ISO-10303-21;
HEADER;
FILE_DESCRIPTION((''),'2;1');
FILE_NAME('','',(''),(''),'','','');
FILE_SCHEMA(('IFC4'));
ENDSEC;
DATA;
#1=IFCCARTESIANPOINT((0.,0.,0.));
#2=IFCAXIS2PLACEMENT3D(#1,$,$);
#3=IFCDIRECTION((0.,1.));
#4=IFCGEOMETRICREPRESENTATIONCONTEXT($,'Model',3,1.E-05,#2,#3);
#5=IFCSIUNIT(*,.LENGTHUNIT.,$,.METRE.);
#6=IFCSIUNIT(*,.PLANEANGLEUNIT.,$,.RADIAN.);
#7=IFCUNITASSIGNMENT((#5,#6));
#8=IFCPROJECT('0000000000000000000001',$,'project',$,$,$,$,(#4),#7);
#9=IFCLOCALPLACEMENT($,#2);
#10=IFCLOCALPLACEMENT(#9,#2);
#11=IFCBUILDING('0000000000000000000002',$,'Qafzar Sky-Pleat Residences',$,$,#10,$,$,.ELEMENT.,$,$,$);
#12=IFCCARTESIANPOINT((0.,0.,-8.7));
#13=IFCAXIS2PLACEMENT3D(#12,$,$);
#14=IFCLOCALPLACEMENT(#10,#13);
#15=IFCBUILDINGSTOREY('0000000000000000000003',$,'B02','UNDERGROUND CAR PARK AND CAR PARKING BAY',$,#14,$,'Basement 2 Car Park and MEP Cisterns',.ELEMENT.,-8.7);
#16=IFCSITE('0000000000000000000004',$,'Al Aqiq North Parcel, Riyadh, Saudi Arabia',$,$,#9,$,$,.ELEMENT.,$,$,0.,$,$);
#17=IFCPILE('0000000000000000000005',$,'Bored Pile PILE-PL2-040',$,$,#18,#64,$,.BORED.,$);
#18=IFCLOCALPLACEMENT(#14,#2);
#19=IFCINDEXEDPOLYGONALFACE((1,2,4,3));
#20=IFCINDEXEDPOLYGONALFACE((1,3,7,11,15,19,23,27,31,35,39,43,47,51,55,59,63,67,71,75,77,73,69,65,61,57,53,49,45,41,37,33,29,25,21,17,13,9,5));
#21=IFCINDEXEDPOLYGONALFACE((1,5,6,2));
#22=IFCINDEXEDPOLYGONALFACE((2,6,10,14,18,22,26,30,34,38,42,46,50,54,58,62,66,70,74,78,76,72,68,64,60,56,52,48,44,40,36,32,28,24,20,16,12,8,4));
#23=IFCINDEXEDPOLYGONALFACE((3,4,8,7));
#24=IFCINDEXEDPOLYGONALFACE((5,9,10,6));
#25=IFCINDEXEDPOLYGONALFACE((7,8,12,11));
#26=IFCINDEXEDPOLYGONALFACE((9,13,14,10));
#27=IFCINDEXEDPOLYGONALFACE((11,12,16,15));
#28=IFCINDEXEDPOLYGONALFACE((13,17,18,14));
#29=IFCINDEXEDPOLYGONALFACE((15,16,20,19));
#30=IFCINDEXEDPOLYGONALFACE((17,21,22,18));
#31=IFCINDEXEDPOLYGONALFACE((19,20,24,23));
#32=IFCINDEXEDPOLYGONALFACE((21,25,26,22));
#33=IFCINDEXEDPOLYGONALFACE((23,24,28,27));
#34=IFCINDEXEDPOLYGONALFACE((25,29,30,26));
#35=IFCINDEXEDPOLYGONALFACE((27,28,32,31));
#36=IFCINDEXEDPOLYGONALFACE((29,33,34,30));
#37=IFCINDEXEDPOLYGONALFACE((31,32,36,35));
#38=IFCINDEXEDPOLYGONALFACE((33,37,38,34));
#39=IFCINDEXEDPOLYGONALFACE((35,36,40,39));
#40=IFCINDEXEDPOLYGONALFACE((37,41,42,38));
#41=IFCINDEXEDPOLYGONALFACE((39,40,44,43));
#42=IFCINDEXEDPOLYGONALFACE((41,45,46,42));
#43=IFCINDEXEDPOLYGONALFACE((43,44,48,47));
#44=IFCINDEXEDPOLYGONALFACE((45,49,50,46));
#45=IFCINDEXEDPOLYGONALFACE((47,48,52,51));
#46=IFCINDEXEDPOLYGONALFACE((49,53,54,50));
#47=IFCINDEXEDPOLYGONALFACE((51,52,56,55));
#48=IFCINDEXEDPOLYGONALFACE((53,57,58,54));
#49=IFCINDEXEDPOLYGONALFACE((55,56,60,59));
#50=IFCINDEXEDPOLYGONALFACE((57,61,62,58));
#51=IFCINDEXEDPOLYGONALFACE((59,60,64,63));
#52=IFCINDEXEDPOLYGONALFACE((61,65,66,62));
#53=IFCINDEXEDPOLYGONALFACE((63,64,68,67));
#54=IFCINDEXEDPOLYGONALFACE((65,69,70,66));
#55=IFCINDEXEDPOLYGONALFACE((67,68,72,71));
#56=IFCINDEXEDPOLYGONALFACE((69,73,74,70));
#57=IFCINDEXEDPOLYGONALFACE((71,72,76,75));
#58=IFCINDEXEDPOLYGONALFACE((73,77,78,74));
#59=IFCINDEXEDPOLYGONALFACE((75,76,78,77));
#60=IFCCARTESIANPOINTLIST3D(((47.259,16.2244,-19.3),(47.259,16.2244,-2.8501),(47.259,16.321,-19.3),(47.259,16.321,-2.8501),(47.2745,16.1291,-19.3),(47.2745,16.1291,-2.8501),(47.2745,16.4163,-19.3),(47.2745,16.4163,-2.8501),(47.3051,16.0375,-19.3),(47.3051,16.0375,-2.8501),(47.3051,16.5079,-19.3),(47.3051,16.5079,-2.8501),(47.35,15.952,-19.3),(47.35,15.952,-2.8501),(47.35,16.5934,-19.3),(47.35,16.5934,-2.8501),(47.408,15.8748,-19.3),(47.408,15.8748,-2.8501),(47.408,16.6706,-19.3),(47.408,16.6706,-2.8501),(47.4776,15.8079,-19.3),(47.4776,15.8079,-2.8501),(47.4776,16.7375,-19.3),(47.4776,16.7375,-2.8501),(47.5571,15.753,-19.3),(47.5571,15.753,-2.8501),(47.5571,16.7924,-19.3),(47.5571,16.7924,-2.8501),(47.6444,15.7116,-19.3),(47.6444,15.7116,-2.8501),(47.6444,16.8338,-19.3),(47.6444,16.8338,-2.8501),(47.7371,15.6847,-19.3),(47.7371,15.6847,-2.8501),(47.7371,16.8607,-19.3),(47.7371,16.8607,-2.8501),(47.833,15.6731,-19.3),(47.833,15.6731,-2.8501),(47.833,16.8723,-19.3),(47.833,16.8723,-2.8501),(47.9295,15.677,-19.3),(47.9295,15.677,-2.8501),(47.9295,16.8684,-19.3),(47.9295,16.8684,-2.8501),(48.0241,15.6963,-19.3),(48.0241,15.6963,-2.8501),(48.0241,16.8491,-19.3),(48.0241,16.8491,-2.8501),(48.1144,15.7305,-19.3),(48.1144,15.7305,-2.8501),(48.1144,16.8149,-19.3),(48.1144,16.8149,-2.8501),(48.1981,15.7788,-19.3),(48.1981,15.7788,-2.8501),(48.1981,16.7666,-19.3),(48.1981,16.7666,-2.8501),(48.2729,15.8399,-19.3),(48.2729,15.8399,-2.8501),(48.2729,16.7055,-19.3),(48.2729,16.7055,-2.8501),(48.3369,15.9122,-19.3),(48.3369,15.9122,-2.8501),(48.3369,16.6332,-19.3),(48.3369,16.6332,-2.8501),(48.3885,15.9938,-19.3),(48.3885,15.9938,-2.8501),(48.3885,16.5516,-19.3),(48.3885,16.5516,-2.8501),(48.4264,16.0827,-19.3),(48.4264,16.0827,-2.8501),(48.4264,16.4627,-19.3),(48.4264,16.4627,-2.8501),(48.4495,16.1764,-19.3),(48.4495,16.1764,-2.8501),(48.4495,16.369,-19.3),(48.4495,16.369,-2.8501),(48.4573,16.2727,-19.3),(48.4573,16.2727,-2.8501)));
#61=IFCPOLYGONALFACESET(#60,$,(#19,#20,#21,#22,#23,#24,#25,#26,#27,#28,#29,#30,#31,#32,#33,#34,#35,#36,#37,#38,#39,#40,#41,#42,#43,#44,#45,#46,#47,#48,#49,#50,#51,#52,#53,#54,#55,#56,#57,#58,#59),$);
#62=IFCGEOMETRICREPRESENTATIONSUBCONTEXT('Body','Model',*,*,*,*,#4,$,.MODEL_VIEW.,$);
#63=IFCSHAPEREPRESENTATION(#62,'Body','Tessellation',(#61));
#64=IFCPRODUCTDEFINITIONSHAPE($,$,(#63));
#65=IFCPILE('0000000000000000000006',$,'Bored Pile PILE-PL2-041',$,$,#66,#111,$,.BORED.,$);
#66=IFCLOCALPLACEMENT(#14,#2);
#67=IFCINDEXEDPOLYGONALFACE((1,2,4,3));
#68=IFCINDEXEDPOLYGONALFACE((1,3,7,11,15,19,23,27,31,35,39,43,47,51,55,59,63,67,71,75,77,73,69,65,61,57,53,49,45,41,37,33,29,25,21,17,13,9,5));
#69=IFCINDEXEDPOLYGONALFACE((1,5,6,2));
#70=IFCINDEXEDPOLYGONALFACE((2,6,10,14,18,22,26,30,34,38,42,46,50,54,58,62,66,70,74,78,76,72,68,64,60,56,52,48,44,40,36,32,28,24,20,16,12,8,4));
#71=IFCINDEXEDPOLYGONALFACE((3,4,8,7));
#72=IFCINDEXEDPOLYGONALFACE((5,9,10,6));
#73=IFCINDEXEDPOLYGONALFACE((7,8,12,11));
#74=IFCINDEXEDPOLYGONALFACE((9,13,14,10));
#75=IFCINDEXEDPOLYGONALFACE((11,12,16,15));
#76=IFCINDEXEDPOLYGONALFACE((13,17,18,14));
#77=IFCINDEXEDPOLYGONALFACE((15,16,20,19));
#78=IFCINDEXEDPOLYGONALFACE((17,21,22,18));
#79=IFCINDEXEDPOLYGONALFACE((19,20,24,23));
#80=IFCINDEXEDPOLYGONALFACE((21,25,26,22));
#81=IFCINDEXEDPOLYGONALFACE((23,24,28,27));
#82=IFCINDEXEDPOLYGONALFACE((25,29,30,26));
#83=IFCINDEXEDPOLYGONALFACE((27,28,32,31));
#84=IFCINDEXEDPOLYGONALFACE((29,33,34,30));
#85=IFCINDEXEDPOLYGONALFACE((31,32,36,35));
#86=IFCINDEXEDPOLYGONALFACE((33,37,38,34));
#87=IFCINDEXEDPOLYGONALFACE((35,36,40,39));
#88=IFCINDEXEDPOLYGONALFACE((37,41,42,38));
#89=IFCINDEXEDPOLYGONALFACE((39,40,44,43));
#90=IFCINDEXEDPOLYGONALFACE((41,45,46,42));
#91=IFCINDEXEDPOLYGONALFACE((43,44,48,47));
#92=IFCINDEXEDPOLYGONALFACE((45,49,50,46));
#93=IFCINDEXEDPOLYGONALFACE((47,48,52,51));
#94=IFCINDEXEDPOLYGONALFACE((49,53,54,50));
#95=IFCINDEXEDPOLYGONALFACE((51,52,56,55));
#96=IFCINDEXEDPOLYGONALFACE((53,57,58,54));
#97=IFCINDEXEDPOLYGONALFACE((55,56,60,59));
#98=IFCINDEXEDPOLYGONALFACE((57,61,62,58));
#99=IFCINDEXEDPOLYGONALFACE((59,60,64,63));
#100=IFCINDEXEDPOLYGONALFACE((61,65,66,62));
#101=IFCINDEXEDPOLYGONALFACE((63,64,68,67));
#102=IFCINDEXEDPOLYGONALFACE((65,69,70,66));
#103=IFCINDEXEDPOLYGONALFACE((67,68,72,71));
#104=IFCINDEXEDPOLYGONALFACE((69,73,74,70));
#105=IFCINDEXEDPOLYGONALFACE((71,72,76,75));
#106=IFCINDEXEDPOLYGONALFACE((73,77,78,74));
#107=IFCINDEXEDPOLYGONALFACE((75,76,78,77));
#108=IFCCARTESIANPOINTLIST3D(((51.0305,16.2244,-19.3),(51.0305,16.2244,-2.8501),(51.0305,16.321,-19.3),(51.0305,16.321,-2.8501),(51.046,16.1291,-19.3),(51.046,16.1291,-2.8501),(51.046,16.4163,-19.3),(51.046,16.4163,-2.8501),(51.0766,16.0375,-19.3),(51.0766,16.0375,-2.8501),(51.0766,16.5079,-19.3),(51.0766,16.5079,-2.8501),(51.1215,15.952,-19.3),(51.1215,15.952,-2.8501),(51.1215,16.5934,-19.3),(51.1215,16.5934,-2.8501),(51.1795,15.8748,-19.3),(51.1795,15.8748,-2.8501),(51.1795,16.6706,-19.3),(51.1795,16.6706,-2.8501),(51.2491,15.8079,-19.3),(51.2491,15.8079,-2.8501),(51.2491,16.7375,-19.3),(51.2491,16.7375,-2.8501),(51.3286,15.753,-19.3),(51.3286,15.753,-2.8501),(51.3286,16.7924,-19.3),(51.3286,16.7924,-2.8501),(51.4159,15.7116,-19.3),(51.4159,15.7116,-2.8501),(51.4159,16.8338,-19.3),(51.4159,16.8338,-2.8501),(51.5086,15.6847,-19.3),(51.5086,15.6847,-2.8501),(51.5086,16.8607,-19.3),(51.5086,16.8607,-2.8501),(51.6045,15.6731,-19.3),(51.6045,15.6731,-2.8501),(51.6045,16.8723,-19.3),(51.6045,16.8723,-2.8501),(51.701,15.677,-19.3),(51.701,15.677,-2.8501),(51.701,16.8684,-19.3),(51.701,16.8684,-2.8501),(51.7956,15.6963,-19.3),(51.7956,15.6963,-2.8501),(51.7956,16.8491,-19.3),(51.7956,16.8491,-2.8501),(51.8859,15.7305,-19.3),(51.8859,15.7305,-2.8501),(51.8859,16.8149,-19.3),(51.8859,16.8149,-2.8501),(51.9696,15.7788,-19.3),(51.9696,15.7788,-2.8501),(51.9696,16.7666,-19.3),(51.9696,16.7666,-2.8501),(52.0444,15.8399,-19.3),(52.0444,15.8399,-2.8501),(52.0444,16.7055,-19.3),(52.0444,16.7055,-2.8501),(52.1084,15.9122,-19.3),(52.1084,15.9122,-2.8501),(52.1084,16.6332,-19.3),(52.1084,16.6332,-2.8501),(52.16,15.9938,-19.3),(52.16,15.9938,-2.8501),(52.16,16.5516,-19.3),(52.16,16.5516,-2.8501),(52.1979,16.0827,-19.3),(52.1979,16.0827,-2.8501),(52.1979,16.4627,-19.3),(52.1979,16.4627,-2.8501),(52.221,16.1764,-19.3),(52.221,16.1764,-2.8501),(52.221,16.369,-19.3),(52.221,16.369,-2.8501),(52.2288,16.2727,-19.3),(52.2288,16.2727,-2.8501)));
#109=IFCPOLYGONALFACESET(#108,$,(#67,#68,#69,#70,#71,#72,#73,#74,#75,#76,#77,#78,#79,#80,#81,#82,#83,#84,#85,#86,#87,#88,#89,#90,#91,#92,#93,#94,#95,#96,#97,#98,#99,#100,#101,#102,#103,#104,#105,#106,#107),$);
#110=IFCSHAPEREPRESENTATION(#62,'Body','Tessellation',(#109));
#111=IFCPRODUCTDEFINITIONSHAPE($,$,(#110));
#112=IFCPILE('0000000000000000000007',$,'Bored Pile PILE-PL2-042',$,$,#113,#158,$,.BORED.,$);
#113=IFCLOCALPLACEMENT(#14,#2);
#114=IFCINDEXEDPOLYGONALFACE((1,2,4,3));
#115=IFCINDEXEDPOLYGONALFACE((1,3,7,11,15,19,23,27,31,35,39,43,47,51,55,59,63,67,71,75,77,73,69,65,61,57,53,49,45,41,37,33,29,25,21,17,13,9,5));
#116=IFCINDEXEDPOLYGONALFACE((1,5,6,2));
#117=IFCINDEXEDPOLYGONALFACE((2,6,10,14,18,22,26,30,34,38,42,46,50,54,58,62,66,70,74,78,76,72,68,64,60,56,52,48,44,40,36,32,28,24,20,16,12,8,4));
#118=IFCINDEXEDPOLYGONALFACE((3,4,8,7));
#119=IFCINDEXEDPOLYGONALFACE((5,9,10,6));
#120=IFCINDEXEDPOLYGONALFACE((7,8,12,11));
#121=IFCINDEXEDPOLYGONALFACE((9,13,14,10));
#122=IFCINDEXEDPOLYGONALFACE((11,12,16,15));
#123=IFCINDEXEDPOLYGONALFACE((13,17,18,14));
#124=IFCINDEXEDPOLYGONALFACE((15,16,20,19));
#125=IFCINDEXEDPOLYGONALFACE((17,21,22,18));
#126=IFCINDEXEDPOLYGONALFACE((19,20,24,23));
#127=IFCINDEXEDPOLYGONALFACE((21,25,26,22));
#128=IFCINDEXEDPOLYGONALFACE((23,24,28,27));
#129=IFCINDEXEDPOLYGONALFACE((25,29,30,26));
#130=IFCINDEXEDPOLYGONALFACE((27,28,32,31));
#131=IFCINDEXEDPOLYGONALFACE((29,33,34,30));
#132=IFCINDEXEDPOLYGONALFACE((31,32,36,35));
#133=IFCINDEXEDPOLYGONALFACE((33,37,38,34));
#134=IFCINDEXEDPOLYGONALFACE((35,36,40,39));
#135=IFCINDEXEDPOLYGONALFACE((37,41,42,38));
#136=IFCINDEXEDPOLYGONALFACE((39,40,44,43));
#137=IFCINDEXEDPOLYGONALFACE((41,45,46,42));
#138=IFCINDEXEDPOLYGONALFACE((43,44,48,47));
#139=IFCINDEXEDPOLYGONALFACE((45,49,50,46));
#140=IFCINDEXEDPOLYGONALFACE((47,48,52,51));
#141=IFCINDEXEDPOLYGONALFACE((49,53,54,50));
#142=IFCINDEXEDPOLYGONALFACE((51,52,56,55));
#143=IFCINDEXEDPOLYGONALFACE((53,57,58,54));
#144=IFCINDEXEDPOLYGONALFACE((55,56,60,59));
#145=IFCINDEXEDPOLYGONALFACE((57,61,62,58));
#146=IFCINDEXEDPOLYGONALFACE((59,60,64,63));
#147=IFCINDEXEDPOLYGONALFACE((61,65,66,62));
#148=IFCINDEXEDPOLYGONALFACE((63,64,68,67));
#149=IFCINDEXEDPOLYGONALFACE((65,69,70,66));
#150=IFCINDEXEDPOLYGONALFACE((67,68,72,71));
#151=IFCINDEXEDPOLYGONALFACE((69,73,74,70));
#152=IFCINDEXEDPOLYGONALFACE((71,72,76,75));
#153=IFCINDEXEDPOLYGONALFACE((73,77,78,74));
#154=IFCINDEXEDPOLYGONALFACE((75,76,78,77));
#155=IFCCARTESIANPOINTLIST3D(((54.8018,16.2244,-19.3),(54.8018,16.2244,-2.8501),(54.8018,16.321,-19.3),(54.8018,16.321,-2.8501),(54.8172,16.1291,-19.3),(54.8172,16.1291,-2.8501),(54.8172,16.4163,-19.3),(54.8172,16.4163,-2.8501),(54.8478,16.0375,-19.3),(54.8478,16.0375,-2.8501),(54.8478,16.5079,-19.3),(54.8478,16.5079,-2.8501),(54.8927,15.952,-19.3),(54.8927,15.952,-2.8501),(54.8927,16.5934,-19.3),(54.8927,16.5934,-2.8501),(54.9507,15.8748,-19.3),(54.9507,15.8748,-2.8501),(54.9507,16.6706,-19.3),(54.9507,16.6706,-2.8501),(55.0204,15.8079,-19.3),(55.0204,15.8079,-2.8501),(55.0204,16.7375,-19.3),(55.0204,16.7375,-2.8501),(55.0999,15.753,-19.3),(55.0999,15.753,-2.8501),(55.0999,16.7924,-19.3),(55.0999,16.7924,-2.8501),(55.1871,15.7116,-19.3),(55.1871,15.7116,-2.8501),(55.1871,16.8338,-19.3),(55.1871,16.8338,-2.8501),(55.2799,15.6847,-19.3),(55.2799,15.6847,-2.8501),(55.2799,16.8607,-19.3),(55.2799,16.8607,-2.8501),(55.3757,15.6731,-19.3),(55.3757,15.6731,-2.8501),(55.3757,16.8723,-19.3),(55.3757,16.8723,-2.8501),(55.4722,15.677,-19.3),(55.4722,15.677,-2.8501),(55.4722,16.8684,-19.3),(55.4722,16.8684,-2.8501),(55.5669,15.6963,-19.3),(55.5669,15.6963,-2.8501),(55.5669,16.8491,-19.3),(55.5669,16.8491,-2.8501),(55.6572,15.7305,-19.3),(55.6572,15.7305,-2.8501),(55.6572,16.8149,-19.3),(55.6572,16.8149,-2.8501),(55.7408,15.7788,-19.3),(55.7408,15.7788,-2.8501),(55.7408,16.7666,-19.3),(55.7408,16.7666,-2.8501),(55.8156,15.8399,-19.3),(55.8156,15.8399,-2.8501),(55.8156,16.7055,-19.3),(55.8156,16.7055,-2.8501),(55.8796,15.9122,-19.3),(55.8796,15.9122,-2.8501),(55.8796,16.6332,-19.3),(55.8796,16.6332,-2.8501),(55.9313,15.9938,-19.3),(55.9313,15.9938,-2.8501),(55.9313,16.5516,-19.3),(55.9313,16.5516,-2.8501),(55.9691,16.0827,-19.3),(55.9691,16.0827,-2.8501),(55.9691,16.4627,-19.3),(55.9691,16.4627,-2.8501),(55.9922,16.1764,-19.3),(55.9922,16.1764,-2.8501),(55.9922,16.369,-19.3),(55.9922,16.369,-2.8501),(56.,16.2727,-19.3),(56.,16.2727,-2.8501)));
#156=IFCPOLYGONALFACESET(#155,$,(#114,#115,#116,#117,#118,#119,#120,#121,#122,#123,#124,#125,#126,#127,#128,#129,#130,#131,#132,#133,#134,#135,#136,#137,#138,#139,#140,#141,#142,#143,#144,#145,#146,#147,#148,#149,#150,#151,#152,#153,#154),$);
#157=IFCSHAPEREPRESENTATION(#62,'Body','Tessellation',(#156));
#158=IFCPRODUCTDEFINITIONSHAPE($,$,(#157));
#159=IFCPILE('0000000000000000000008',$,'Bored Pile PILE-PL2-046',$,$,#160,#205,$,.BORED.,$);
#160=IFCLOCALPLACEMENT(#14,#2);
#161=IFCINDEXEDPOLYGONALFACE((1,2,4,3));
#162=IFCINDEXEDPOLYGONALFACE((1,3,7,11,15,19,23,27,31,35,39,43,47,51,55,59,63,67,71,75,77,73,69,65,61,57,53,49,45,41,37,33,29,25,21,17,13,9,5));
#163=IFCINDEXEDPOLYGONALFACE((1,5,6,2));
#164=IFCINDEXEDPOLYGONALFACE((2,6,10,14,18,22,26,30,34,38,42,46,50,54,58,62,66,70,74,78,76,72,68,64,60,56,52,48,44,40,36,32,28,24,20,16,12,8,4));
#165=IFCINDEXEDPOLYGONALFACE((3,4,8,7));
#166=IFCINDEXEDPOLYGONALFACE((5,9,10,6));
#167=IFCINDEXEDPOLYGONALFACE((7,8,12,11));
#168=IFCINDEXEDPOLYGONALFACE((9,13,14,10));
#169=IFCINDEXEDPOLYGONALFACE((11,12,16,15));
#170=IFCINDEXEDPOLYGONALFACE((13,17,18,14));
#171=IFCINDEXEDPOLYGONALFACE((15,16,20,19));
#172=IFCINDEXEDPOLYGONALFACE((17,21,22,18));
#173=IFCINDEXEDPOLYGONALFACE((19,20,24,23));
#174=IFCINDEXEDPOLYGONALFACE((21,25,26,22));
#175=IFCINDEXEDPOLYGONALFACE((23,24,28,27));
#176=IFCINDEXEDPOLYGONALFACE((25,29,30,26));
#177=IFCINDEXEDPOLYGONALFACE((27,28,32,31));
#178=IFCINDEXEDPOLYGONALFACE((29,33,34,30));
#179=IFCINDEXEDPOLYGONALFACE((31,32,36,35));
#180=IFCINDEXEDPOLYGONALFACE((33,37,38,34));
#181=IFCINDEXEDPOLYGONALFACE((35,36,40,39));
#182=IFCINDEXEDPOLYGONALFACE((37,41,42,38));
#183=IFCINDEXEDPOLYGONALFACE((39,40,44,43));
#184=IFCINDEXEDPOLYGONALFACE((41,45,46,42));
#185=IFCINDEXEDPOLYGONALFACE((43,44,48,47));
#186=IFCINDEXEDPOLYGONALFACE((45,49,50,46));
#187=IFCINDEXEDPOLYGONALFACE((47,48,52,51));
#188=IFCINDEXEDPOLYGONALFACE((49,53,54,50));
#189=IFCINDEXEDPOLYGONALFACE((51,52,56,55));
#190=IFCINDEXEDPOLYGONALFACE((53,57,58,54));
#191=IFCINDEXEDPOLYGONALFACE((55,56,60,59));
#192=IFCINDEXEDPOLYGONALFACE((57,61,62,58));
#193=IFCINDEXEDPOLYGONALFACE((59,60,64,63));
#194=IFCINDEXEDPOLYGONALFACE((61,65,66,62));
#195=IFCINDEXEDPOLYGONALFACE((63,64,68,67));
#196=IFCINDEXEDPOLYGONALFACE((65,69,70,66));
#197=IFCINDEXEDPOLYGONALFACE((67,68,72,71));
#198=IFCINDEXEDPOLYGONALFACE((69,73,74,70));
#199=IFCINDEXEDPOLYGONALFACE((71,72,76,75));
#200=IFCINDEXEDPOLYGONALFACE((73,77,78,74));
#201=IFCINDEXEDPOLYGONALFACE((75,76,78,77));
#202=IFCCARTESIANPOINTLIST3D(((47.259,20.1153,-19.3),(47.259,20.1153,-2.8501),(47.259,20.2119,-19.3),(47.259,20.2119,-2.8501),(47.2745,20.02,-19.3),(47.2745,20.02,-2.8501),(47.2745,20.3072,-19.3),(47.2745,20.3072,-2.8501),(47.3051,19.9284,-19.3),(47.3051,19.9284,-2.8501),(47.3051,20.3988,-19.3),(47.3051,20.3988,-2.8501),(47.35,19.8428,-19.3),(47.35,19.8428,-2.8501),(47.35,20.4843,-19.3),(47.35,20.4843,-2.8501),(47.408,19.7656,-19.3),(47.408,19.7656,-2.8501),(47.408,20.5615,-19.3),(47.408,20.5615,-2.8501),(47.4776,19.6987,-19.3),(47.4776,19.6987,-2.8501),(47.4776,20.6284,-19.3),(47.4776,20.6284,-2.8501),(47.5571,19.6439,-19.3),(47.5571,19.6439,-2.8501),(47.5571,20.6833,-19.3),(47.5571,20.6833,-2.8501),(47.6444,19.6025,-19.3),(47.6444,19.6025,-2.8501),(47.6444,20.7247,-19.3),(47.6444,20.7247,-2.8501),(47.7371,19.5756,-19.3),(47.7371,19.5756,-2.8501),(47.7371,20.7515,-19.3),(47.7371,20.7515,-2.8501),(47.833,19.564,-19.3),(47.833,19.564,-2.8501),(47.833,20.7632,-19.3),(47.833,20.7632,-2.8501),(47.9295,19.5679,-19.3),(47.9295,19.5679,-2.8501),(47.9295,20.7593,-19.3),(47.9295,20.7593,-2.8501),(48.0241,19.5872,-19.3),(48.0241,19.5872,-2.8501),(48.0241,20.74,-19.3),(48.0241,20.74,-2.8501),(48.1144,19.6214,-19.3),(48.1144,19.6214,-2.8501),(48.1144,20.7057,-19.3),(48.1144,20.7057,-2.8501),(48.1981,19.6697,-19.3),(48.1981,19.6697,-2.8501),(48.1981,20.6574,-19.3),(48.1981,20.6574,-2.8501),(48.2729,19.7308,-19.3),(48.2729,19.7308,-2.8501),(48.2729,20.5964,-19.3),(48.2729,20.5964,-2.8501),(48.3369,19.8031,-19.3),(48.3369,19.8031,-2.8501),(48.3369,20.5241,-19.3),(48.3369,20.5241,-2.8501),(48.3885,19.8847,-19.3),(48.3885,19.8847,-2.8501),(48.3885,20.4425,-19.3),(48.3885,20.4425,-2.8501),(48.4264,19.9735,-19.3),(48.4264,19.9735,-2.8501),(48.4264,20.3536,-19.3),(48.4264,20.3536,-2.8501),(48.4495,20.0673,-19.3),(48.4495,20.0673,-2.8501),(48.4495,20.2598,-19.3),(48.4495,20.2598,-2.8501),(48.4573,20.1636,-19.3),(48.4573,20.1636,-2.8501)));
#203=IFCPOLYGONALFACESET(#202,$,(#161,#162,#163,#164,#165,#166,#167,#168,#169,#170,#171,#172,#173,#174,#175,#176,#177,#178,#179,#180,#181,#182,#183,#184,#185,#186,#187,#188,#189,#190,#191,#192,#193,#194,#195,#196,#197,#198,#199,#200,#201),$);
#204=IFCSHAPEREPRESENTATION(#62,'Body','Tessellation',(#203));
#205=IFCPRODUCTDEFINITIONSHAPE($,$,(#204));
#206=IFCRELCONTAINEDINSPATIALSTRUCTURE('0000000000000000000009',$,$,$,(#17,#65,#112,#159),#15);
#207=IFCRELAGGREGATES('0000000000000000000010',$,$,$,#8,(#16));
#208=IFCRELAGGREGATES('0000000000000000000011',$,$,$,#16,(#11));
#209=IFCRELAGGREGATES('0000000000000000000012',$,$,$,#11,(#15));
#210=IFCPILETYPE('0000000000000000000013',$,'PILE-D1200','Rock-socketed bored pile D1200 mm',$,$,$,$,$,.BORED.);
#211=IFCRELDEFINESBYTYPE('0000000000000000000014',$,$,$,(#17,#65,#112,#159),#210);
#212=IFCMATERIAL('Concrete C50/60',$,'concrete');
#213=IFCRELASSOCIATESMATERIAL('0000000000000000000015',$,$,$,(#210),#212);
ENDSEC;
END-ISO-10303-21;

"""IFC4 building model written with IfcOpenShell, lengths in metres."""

from ifc_helpers import new_model, si_unit, direction, frame, origin, origin_2d, place, context, subcontext, project, spatial, circle, extrude, source, transform, mapped, material, material_profile, profile_set, type_object, element, save


model = new_model("IFC4")

# Units and contexts
model_context = context("Model", 3, precision=1e-05, world=origin(), true_north=direction((0.0, 1.0)))
body_context = subcontext(model_context, "Body", "Model", "MODEL_VIEW")
ifc_project = project(units=[si_unit("LENGTHUNIT", "METRE"), si_unit("PLANEANGLEUNIT", "RADIAN")], contexts=[model_context])

# Site, building, storey
site_placement = place(None, origin())
site = spatial("IfcSite", under=ifc_project, at=site_placement, Name="Al Aqiq North Parcel, Riyadh, Saudi Arabia", CompositionType="ELEMENT", RefElevation=0.0)
building_placement = place(site_placement, origin())
building = spatial("IfcBuilding", under=site, at=building_placement, Name="Qafzar Sky-Pleat Residences", CompositionType="ELEMENT")
storey_placement = place(building_placement, frame((0.0, 0.0, -8.7)))
storey = spatial("IfcBuildingStorey", under=building, at=storey_placement, Name="B02", Description="UNDERGROUND CAR PARK AND CAR PARKING BAY", LongName="Basement 2 Car Park and MEP Cisterns", CompositionType="ELEMENT", Elevation=-8.7)

# Piles
ifc_material_1 = material(Name="Concrete C50/60", Category="concrete")
ifc_material_profile_1 = material_profile(ifc_material_1, circle(Radius=0.6001, at=origin_2d()), Name="PILE D1200")
ifc_profile_set_1 = profile_set([ifc_material_profile_1], Name="Concrete C50/60")
pile_type_1 = type_object("IfcPileType", Name="PILE-D1200", Description="Rock-socketed bored pile D1200 mm", PredefinedType="BORED", material=ifc_profile_set_1)
shared_shape_1 = source(origin(), body_context, "Body", "SweptSolid", [
    extrude(circle(Radius=0.6001, at=origin_2d()), origin(), (0.0, 0.0, 1.0), 16.45),
])
for number, where, z_axis, x_axis, name in (
    (1, (47.8572, 16.2727, -2.8501), (0.0, 0.0, -1.0), (1.0, 0.0, 0.0), "Bored Pile PILE-PL2-040"),
    (2, (51.6287, 16.2727, -2.8501), (0.0, 0.0, -1.0), (1.0, 0.0, 0.0), "Bored Pile PILE-PL2-041"),
    (3, (55.3999, 16.2727, -2.8501), (0.0, 0.0, -1.0), (1.0, 0.0, 0.0), "Bored Pile PILE-PL2-042"),
    (4, (47.8572, 20.1636, -2.8501), (0.0, 0.0, -1.0), (1.0, 0.0, 0.0), "Bored Pile PILE-PL2-046"),
):
    element("IfcPile", number, at=place(storey_placement, frame(where, z_axis=z_axis, x_axis=x_axis)), inside=storey, type_object=pile_type_1, Name=name, PredefinedType="BORED", context=body_context, shape_type="MappedRepresentation", body=[
        mapped(shared_shape_1, transform((0.0, 0.0, 0.0), x_axis=(1.0, 0.0, 0.0), y_axis=(0.0, 1.0, 0.0), z_axis=(0.0, 0.0, 1.0), scale=1.0)),
    ])

save(model, "model.ifc")
